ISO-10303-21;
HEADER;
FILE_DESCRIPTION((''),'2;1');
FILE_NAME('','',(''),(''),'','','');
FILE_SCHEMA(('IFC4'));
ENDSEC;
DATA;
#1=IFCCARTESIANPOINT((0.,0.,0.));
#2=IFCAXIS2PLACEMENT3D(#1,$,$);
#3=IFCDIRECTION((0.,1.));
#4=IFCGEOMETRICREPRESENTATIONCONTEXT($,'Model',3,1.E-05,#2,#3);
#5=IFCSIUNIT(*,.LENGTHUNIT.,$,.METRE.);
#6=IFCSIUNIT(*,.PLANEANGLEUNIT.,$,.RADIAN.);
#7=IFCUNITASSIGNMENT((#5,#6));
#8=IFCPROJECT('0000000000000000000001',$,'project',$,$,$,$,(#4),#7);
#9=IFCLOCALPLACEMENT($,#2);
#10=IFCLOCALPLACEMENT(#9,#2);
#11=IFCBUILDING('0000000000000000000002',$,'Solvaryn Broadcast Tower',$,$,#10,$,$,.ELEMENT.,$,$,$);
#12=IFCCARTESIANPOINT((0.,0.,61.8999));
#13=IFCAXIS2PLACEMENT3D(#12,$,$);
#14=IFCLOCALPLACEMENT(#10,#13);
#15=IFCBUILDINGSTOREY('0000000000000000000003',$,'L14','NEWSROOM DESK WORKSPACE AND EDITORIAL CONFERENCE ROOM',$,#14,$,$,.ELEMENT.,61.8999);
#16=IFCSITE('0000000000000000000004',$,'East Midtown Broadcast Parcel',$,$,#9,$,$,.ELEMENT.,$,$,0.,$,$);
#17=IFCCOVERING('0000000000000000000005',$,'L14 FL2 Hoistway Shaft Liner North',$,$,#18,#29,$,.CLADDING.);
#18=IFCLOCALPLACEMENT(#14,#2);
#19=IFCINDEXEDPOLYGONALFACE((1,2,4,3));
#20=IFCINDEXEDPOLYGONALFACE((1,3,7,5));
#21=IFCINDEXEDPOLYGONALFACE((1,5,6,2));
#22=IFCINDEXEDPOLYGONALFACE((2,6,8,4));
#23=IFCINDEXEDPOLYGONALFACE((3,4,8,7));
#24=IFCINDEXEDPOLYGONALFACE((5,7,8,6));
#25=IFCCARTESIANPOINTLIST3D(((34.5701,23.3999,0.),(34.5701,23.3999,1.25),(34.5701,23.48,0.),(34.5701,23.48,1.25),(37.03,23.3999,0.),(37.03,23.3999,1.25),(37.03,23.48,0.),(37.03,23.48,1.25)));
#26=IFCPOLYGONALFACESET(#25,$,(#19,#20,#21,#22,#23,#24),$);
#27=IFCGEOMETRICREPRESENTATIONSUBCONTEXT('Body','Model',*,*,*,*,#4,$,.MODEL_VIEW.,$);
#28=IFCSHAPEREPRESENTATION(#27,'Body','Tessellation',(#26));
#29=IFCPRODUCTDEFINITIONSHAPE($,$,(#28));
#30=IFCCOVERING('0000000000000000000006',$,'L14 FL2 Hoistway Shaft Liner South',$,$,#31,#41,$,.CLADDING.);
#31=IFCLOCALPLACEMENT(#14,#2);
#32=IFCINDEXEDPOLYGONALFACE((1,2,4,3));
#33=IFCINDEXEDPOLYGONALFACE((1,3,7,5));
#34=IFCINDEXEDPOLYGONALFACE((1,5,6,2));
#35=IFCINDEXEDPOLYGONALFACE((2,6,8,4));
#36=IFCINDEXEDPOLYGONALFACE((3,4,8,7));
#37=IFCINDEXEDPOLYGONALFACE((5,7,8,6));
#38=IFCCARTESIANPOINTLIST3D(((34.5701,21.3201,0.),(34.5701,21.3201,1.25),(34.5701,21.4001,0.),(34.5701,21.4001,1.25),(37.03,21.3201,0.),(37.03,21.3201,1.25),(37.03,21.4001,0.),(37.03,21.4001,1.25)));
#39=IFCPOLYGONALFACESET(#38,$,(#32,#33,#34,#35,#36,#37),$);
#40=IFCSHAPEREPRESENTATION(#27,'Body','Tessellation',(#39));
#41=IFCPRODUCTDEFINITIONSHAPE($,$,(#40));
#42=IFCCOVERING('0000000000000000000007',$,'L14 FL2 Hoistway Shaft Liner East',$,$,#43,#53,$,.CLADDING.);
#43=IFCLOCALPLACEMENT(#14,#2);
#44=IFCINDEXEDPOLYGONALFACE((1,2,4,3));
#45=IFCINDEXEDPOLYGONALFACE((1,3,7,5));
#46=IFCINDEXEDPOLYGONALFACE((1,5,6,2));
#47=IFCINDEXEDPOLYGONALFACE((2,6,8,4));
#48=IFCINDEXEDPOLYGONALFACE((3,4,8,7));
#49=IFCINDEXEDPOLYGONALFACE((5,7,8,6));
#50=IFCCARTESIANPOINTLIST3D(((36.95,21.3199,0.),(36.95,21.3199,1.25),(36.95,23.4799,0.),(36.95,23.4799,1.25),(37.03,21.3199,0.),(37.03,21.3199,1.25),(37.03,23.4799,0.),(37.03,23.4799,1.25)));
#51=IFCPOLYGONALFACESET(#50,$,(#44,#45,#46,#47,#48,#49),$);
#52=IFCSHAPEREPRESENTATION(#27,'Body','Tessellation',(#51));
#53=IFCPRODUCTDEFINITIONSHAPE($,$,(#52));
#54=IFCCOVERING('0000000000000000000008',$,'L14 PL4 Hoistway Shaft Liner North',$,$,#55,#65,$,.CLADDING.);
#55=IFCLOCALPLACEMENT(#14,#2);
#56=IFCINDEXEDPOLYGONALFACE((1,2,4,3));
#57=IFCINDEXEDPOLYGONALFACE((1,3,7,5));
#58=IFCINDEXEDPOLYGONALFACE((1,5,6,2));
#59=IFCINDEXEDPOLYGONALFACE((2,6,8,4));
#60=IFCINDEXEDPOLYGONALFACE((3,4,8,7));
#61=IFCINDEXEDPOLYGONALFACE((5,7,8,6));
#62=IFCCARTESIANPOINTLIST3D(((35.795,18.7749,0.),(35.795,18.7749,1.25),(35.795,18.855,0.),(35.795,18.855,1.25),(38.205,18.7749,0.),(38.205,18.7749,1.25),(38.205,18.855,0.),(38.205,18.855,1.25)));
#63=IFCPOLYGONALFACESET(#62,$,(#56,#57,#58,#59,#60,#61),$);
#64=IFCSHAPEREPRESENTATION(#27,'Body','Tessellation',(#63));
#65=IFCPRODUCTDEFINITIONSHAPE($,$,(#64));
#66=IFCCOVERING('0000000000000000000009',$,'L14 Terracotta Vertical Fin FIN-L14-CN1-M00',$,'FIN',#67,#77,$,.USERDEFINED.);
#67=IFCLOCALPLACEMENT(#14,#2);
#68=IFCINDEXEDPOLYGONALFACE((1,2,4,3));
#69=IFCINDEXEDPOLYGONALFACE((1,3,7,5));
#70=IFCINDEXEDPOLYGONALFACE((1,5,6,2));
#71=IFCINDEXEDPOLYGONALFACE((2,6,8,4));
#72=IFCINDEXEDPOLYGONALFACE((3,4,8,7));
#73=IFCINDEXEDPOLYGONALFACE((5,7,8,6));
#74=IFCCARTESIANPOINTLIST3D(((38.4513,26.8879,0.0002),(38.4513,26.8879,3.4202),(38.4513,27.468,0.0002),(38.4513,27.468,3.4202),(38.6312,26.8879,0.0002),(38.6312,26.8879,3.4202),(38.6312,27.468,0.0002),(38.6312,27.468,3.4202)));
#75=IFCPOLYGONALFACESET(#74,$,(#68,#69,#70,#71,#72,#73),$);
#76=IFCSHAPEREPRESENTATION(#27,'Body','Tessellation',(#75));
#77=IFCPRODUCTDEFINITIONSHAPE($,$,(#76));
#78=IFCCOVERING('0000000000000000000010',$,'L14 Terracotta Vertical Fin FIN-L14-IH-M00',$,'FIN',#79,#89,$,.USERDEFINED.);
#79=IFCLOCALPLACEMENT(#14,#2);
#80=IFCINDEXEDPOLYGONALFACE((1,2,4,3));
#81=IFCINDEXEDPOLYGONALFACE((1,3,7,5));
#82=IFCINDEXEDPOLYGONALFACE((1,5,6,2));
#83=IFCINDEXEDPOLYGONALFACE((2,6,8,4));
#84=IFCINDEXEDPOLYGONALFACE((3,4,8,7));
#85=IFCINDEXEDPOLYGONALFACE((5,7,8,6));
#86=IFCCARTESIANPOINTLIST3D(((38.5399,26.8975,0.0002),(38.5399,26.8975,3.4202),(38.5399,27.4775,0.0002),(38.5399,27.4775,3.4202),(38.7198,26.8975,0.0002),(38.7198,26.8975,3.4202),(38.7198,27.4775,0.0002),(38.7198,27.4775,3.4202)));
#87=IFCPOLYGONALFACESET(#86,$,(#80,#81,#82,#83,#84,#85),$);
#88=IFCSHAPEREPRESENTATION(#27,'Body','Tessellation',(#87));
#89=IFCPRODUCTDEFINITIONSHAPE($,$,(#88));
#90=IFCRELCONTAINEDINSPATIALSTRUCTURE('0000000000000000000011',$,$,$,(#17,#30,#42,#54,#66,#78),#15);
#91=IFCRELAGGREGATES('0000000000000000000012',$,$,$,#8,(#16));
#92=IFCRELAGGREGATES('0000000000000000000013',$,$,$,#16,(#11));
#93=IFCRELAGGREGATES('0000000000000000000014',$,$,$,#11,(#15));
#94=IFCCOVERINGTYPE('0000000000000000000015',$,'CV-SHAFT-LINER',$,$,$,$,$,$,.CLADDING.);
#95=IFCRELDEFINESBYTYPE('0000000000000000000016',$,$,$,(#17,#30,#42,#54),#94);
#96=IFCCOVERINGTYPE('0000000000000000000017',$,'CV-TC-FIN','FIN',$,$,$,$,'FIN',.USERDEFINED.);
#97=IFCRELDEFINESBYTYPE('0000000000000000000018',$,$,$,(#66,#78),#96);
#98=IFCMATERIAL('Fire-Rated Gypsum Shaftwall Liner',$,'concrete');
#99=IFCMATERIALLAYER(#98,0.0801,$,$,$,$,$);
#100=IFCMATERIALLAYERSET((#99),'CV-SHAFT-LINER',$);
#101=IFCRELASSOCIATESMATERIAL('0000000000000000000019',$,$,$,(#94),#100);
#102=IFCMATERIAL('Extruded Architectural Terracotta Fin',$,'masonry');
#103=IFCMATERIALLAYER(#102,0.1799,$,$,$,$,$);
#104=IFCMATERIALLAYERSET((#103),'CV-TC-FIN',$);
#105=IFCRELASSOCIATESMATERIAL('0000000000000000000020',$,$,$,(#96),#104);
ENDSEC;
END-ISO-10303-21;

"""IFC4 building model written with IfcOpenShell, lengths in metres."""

from ifc_helpers import new_model, si_unit, direction, frame, origin, origin_2d, place, context, subcontext, project, spatial, rectangle, extrude, material, layer, layer_set, type_object, element, save


model = new_model("IFC4")

# Units and contexts
model_context = context("Model", 3, precision=1e-05, world=origin(), true_north=direction((0.0, 1.0)))
body_context = subcontext(model_context, "Body", "Model", "MODEL_VIEW")
ifc_project = project(units=[si_unit("LENGTHUNIT", "METRE"), si_unit("PLANEANGLEUNIT", "RADIAN")], contexts=[model_context])

# Site, building, storey
site_placement = place(None, origin())
site = spatial("IfcSite", under=ifc_project, at=site_placement, Name="East Midtown Broadcast Parcel", CompositionType="ELEMENT", RefElevation=0.0)
building_placement = place(site_placement, origin())
building = spatial("IfcBuilding", under=site, at=building_placement, Name="Solvaryn Broadcast Tower", CompositionType="ELEMENT")
storey_placement = place(building_placement, frame((0.0, 0.0, 61.8999)))
storey = spatial("IfcBuildingStorey", under=building, at=storey_placement, Name="L14", Description="NEWSROOM DESK WORKSPACE AND EDITORIAL CONFERENCE ROOM", CompositionType="ELEMENT", Elevation=61.8999)

# Coverings
ifc_material_1 = material(Name="Fire-Rated Gypsum Shaftwall Liner", Category="concrete")
ifc_layer_1 = layer(ifc_material_1, 0.0801)
ifc_layer_set_1 = layer_set([ifc_layer_1], Name="CV-SHAFT-LINER")
covering_type_1 = type_object("IfcCoveringType", Name="CV-SHAFT-LINER", PredefinedType="CLADDING", material=ifc_layer_set_1)
for number, where, z_axis, x_axis, name in (
    (1, (35.8, 23.4399, 0.0), (0.0, 0.0, 1.0), (1.0, 0.0, 0.0), "L14 FL2 Hoistway Shaft Liner North"),
    (2, (35.8, 21.3601, 0.0), (0.0, 0.0, 1.0), (1.0, 0.0, 0.0), "L14 FL2 Hoistway Shaft Liner South"),
):
    element("IfcCovering", number, at=place(storey_placement, frame(where, z_axis=z_axis, x_axis=x_axis)), inside=storey, type_object=covering_type_1, Name=name, PredefinedType="CLADDING", context=body_context, shape_type="SweptSolid", body=[
        extrude(rectangle(XDim=2.46, YDim=0.0801, at=origin_2d()), origin(), (0.0, 0.0, 1.0), 1.25),
    ])
covering_1_placement = place(storey_placement, frame((36.99, 22.3999, 0.0), z_axis=(0.0, 0.0, 1.0), x_axis=(1.0, 0.0, 0.0)))
element("IfcCovering", 3, at=covering_1_placement, inside=storey, type_object=covering_type_1, Name="L14 FL2 Hoistway Shaft Liner East", PredefinedType="CLADDING", context=body_context, shape_type="SweptSolid", body=[
    extrude(rectangle(XDim=0.0801, YDim=2.1599, at=origin_2d()), origin(), (0.0, 0.0, 1.0), 1.25),
])
covering_2_placement = place(storey_placement, frame((37.0, 18.8149, 0.0), z_axis=(0.0, 0.0, 1.0), x_axis=(1.0, 0.0, 0.0)))
element("IfcCovering", 4, at=covering_2_placement, inside=storey, type_object=covering_type_1, Name="L14 PL4 Hoistway Shaft Liner North", PredefinedType="CLADDING", context=body_context, shape_type="SweptSolid", body=[
    extrude(rectangle(XDim=2.4099, YDim=0.0801, at=origin_2d()), origin(), (0.0, 0.0, 1.0), 1.25),
])
ifc_material_2 = material(Name="Extruded Architectural Terracotta Fin", Category="masonry")
ifc_layer_2 = layer(ifc_material_2, 0.1799)
ifc_layer_set_2 = layer_set([ifc_layer_2], Name="CV-TC-FIN")
covering_type_2 = type_object("IfcCoveringType", Name="CV-TC-FIN", Description="FIN", ElementType="FIN", PredefinedType="USERDEFINED", material=ifc_layer_set_2)
for number, where, z_axis, x_axis, name in (
    (5, (38.5413, 27.178, 0.0002), (0.0, 0.0, 1.0), (1.0, 0.0, 0.0), "L14 Terracotta Vertical Fin FIN-L14-CN1-M00"),
    (6, (38.6299, 27.1875, 0.0002), (0.0, 0.0, 1.0), (1.0, 0.0, 0.0), "L14 Terracotta Vertical Fin FIN-L14-IH-M00"),
):
    element("IfcCovering", number, at=place(storey_placement, frame(where, z_axis=z_axis, x_axis=x_axis)), inside=storey, type_object=covering_type_2, Name=name, ObjectType="FIN", PredefinedType="USERDEFINED", context=body_context, shape_type="SweptSolid", body=[
        extrude(rectangle(XDim=0.1799, YDim=0.5801, at=origin_2d()), origin(), (0.0, 0.0, 1.0), 3.4199),
    ])

save(model, "model.ifc")
